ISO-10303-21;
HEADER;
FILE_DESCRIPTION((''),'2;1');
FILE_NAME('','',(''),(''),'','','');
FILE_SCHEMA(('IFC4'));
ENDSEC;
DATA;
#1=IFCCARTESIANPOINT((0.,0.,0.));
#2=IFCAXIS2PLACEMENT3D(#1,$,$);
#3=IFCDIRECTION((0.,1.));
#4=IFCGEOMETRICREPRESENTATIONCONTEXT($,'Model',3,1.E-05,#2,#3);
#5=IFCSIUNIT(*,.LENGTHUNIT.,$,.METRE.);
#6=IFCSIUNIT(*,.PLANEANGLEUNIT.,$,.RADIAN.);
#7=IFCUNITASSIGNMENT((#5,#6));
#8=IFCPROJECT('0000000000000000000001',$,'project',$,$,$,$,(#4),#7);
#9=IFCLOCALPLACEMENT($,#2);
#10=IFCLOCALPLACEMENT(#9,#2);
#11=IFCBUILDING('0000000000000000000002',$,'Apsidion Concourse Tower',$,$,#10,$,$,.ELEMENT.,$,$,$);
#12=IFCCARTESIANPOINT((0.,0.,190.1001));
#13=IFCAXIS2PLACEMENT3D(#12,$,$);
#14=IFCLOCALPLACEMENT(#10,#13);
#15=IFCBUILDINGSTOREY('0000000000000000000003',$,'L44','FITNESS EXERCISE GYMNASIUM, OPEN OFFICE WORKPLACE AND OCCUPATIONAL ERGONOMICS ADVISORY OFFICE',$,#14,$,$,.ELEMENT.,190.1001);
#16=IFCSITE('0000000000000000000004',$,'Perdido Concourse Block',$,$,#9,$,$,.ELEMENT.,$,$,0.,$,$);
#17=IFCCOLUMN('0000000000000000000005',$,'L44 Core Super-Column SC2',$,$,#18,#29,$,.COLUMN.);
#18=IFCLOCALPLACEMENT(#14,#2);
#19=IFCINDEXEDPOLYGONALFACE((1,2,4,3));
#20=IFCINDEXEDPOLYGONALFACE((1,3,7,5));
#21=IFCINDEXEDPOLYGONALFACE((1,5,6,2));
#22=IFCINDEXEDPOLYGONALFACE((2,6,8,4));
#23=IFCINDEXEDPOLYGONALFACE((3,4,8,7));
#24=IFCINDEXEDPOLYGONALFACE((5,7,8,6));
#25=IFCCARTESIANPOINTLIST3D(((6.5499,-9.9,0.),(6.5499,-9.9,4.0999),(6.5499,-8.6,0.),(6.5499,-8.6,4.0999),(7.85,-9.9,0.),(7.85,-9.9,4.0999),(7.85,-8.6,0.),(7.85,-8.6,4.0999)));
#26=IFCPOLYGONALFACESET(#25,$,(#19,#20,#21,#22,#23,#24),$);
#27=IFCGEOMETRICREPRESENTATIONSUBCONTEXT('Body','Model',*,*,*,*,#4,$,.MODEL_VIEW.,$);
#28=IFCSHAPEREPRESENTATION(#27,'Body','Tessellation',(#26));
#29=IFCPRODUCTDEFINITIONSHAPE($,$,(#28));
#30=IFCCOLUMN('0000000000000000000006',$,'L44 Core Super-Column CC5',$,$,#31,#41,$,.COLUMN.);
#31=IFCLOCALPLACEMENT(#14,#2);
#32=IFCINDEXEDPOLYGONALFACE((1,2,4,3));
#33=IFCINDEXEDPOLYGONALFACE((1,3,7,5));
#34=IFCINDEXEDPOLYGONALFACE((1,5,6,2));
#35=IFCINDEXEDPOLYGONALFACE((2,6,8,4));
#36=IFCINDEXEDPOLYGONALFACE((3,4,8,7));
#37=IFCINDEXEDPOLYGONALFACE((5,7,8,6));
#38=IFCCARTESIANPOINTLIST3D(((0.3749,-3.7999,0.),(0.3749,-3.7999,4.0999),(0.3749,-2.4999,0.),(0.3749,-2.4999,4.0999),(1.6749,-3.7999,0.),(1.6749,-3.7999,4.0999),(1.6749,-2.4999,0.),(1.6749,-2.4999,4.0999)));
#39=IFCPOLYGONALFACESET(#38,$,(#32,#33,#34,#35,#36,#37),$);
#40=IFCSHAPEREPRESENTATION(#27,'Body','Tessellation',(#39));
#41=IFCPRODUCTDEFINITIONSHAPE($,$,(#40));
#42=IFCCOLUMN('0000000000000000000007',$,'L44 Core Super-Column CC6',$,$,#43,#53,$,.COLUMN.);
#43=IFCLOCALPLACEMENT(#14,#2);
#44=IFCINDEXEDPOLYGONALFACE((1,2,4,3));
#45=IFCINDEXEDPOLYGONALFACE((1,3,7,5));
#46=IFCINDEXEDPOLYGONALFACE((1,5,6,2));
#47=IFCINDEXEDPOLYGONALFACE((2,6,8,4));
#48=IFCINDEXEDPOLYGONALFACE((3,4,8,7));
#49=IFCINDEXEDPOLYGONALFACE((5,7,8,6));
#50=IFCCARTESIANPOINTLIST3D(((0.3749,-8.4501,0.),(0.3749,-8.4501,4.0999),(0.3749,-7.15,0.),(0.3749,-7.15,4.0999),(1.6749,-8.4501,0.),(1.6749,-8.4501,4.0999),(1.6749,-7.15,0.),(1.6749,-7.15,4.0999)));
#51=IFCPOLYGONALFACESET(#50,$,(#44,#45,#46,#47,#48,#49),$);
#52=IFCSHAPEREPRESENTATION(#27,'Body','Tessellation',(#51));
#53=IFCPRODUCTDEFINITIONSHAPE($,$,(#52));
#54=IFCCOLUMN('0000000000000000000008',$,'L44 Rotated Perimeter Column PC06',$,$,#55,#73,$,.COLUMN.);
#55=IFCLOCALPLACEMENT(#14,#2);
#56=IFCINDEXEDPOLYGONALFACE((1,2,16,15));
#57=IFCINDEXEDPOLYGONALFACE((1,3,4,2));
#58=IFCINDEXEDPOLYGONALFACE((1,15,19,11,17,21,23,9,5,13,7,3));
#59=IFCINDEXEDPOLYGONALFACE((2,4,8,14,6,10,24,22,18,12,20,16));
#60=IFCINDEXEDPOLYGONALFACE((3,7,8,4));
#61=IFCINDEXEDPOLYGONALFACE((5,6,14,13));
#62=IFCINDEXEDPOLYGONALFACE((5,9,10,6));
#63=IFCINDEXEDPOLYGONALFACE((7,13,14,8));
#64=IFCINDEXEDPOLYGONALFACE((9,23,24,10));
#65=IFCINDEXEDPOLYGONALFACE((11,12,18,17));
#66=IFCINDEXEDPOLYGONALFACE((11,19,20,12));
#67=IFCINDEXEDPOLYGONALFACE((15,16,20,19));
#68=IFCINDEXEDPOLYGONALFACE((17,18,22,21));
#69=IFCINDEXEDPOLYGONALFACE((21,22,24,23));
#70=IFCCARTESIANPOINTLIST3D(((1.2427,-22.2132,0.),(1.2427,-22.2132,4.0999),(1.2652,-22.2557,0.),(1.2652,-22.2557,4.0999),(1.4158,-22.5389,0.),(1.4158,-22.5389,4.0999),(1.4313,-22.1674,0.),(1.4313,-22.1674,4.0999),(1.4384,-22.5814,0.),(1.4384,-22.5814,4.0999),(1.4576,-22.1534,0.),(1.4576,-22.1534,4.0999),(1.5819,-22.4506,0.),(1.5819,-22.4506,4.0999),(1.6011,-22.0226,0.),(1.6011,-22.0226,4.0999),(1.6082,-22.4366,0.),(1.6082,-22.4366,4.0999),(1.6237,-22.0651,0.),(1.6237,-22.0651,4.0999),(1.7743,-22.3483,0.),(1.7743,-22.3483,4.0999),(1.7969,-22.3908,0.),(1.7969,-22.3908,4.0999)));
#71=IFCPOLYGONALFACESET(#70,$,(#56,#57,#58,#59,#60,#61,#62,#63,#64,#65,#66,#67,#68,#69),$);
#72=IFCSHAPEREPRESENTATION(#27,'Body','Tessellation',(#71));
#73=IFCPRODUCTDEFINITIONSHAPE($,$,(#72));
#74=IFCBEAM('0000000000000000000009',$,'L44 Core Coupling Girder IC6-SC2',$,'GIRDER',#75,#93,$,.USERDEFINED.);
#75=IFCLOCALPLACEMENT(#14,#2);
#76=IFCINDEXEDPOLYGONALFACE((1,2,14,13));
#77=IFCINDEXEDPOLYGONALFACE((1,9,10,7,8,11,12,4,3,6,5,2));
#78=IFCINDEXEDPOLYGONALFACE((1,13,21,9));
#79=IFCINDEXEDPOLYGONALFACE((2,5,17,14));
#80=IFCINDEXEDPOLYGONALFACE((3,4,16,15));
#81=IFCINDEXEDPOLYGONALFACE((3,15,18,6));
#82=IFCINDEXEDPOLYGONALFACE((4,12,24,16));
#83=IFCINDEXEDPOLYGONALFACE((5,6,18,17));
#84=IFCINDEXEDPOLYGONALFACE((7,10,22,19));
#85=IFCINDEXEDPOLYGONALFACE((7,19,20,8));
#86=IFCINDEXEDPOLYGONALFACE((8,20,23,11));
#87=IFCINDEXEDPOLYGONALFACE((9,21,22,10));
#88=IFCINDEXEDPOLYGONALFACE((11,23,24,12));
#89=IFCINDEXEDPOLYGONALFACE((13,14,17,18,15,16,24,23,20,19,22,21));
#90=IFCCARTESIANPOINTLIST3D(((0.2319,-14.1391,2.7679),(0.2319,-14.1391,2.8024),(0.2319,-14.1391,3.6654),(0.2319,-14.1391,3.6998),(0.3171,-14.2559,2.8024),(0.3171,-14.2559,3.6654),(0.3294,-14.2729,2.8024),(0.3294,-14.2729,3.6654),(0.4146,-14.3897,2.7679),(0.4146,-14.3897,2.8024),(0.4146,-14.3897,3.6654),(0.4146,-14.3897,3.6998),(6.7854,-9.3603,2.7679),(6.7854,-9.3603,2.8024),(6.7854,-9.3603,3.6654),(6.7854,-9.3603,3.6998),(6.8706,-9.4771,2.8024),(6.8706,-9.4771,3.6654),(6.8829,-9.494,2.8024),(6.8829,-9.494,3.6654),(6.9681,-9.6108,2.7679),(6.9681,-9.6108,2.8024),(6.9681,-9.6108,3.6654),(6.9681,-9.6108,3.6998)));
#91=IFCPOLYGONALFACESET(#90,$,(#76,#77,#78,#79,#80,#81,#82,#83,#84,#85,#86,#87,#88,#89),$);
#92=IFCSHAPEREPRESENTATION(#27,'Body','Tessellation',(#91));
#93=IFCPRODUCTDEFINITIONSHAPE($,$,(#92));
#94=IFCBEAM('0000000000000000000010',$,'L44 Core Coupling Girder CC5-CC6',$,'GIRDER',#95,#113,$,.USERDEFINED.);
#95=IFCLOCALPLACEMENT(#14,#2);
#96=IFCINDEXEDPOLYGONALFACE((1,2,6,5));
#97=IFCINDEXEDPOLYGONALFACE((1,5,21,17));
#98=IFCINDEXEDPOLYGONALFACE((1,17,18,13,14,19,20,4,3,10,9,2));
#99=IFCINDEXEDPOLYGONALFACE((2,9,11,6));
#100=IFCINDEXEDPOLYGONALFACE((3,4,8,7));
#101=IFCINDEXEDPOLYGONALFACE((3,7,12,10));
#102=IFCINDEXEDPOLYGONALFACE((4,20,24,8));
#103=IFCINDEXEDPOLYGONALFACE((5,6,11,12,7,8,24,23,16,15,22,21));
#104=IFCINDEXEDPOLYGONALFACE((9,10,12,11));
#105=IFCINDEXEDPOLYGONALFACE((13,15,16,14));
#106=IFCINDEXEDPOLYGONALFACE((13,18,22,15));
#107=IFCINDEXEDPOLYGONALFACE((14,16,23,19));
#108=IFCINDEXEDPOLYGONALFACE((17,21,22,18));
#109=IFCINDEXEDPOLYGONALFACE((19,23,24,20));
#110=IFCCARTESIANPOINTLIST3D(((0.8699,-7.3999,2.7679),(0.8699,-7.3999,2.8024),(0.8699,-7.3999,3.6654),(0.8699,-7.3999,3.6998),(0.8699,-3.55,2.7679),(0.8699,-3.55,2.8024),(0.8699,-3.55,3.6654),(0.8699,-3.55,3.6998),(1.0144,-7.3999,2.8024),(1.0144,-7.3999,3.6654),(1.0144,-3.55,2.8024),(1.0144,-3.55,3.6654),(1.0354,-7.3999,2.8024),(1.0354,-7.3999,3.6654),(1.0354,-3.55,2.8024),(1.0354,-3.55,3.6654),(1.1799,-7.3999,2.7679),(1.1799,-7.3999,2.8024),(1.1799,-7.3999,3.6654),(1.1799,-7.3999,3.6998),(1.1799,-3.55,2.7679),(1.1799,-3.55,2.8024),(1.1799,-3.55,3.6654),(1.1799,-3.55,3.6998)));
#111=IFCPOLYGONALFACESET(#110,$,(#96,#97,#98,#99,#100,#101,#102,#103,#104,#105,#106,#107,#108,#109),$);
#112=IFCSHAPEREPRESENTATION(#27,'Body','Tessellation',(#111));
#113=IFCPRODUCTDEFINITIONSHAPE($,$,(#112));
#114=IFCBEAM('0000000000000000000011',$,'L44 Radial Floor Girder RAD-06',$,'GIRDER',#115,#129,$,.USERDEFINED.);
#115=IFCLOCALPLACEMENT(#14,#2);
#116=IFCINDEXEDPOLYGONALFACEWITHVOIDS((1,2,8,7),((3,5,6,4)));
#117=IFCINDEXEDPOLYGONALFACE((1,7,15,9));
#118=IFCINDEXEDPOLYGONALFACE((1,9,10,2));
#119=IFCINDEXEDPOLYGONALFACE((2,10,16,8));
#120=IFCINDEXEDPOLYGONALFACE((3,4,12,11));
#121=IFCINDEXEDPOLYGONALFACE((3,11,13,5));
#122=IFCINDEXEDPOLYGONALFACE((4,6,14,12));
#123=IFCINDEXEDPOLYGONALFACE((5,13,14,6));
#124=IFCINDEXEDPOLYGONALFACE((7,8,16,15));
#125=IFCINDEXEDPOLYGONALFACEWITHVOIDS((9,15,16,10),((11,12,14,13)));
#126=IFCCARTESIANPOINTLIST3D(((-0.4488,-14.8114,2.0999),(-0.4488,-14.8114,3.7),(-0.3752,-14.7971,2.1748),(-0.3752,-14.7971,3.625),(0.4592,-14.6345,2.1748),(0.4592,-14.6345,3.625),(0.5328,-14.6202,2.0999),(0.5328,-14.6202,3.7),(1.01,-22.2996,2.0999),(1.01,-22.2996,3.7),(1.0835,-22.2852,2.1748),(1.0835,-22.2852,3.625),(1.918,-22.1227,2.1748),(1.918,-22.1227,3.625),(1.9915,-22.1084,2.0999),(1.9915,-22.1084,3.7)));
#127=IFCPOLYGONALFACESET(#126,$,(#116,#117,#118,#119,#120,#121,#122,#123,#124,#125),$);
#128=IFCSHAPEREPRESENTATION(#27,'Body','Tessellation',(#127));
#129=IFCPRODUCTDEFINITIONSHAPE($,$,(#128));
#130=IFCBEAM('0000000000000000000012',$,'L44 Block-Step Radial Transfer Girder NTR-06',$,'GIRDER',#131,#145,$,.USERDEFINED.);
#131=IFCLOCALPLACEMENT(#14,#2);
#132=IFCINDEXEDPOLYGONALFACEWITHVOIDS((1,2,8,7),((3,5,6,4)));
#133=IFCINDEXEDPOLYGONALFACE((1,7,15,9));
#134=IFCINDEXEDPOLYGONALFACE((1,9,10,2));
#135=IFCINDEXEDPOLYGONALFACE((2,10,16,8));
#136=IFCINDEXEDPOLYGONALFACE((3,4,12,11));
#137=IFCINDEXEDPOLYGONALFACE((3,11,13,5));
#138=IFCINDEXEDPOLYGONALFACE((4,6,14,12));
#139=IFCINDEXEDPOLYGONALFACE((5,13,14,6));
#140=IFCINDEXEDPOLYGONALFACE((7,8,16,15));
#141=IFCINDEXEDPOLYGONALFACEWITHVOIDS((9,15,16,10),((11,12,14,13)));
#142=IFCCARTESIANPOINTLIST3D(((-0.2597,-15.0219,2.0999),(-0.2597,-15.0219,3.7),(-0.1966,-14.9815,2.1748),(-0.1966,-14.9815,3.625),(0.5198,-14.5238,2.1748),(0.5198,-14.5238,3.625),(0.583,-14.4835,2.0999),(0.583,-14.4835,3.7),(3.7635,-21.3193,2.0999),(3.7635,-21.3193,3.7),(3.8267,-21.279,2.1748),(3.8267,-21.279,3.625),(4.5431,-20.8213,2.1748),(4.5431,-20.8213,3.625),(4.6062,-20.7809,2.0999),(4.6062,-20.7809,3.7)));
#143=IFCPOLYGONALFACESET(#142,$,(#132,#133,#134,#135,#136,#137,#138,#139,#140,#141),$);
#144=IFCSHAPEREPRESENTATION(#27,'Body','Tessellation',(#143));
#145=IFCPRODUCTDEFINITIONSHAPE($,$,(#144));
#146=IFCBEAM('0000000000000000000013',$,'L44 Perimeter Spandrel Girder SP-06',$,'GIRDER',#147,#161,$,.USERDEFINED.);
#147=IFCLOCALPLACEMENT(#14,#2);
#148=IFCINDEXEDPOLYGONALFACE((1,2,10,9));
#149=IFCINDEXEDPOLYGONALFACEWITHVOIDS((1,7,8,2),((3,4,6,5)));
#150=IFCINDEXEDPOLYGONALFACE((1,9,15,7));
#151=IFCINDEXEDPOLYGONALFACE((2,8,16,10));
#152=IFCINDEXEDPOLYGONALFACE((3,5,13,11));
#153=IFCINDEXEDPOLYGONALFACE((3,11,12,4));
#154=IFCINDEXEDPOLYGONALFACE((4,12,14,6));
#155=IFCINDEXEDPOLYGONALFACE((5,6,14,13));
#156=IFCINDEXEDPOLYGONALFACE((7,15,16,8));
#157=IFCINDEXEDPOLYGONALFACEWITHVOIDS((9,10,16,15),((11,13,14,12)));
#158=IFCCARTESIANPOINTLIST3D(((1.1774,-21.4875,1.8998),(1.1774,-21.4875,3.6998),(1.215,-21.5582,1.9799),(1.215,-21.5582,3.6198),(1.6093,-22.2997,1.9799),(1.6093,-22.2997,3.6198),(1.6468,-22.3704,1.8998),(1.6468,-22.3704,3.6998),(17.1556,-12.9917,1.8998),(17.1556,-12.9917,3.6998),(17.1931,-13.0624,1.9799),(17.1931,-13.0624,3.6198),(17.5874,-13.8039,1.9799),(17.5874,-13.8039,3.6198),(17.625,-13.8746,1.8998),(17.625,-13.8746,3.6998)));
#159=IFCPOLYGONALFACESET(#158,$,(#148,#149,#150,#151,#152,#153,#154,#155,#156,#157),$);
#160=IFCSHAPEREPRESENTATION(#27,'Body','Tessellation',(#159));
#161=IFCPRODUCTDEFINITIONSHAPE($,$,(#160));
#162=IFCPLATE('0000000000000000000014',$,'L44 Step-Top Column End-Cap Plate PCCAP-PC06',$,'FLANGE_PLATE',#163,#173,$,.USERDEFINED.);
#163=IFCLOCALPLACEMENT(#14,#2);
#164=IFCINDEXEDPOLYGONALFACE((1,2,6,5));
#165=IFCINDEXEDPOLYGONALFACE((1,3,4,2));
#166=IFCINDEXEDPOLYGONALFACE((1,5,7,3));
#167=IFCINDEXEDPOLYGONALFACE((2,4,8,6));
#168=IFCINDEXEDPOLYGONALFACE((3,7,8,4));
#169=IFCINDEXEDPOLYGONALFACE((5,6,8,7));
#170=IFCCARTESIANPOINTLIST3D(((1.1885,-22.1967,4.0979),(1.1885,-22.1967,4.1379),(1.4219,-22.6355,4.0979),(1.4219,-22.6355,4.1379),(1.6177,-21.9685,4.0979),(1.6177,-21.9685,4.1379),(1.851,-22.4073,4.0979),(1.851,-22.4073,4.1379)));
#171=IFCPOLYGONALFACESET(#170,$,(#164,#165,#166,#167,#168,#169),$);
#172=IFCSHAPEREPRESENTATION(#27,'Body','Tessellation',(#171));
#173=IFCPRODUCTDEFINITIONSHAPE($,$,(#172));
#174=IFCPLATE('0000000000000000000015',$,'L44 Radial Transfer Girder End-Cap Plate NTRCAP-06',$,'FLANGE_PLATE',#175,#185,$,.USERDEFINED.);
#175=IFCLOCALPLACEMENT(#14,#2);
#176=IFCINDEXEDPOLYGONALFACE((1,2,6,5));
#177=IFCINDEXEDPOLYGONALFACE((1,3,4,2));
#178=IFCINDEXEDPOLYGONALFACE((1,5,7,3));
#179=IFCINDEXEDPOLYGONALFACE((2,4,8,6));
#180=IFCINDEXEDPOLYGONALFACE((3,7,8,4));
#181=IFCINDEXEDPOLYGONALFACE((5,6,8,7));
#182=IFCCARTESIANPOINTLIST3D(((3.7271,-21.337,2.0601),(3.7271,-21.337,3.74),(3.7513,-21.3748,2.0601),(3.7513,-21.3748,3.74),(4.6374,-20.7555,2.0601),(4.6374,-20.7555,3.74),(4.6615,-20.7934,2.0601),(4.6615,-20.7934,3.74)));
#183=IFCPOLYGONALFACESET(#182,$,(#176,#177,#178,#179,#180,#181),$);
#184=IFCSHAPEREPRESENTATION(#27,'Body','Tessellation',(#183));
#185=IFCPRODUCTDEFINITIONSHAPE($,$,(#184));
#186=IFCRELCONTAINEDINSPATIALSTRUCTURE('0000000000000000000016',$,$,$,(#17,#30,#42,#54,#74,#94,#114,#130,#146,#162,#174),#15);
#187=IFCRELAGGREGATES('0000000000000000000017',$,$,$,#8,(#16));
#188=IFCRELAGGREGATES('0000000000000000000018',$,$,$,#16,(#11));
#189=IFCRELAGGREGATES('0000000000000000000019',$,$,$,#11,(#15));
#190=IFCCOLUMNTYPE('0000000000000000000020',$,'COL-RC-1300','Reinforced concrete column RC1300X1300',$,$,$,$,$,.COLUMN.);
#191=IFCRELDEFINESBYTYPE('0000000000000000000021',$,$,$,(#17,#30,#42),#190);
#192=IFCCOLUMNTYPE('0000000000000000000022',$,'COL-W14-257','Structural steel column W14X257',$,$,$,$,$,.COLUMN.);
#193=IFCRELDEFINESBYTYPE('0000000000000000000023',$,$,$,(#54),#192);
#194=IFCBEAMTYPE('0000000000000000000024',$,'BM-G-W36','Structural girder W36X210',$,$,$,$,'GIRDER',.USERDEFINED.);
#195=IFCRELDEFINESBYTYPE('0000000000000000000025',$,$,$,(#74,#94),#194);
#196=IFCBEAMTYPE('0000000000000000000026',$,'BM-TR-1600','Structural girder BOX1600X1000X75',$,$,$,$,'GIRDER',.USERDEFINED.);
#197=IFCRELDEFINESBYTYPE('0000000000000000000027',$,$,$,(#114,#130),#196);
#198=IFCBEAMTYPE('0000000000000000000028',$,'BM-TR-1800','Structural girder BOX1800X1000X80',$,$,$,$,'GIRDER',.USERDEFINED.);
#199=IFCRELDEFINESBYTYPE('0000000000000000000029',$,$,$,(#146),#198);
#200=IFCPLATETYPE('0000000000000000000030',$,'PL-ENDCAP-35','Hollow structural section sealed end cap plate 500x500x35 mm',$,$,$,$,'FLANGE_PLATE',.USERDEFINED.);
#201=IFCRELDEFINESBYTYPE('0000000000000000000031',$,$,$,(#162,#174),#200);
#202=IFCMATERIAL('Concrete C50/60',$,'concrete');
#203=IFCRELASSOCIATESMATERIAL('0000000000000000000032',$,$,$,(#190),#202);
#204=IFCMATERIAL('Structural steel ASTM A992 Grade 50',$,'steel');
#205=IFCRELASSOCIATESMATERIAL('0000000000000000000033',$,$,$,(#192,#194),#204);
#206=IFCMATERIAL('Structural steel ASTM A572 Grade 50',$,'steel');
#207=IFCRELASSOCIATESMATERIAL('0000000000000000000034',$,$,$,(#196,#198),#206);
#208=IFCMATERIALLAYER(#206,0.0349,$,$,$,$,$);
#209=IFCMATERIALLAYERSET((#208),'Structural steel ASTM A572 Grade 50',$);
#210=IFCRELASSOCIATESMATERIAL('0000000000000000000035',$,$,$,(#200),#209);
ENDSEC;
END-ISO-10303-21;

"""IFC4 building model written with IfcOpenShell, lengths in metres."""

from ifc_helpers import new_model, si_unit, direction, frame, origin, origin_2d, place, context, subcontext, project, spatial, rectangle, hollow_rectangle, i_section, extrude, material, layer, layer_set, material_profile, profile_set, type_object, element, save


model = new_model("IFC4")

# Units and contexts
model_context = context("Model", 3, precision=1e-05, world=origin(), true_north=direction((0.0, 1.0)))
body_context = subcontext(model_context, "Body", "Model", "MODEL_VIEW")
ifc_project = project(units=[si_unit("LENGTHUNIT", "METRE"), si_unit("PLANEANGLEUNIT", "RADIAN")], contexts=[model_context])

# Site, building, storey
site_placement = place(None, origin())
site = spatial("IfcSite", under=ifc_project, at=site_placement, Name="Perdido Concourse Block", CompositionType="ELEMENT", RefElevation=0.0)
building_placement = place(site_placement, origin())
building = spatial("IfcBuilding", under=site, at=building_placement, Name="Apsidion Concourse Tower", CompositionType="ELEMENT")
storey_placement = place(building_placement, frame((0.0, 0.0, 190.1001)))
storey = spatial("IfcBuildingStorey", under=building, at=storey_placement, Name="L44", Description="FITNESS EXERCISE GYMNASIUM, OPEN OFFICE WORKPLACE AND OCCUPATIONAL ERGONOMICS ADVISORY OFFICE", CompositionType="ELEMENT", Elevation=190.1001)

# Columns
ifc_material_1 = material(Name="Concrete C50/60", Category="concrete")
ifc_material_profile_1 = material_profile(ifc_material_1, rectangle(XDim=1.3, YDim=1.3, at=origin_2d()), Name="RC 1300x1300")
ifc_profile_set_1 = profile_set([ifc_material_profile_1], Name="Concrete C50/60")
column_type_1 = type_object("IfcColumnType", Name="COL-RC-1300", Description="Reinforced concrete column RC1300X1300", PredefinedType="COLUMN", material=ifc_profile_set_1)
for number, where, z_axis, x_axis, name in (
    (1, (7.2, -9.25, 0.0), (0.0, 0.0, 1.0), (1.0, 0.0, 0.0), "L44 Core Super-Column SC2"),
    (2, (1.0249, -3.1499, 0.0), (0.0, 0.0, 1.0), (1.0, 0.0, 0.0), "L44 Core Super-Column CC5"),
    (3, (1.0249, -7.8, 0.0), (0.0, 0.0, 1.0), (1.0, 0.0, 0.0), "L44 Core Super-Column CC6"),
):
    element("IfcColumn", number, at=place(storey_placement, frame(where, z_axis=z_axis, x_axis=x_axis)), inside=storey, type_object=column_type_1, Name=name, PredefinedType="COLUMN", context=body_context, shape_type="SweptSolid", body=[
        extrude(rectangle(XDim=1.3, YDim=1.3, at=origin_2d()), origin(), (0.0, 0.0, 1.0), 4.0999),
    ])
ifc_material_2 = material(Name="Structural steel ASTM A992 Grade 50", Category="steel")
ifc_material_profile_2 = material_profile(ifc_material_2, i_section(OverallWidth=0.406, OverallDepth=0.417, WebThickness=0.0298, FlangeThickness=0.0481, at=origin_2d()), Name="W14X257")
ifc_profile_set_2 = profile_set([ifc_material_profile_2], Name="Structural steel ASTM A992 Grade 50")
column_type_2 = type_object("IfcColumnType", Name="COL-W14-257", Description="Structural steel column W14X257", PredefinedType="COLUMN", material=ifc_profile_set_2)
column_placement = place(storey_placement, frame((1.5198, -22.302, 0.0), z_axis=(0.0, 0.0, 1.0), x_axis=(0.882948, 0.469472, 0.0)))
element("IfcColumn", 4, at=column_placement, inside=storey, type_object=column_type_2, Name="L44 Rotated Perimeter Column PC06", PredefinedType="COLUMN", context=body_context, shape_type="SweptSolid", body=[
    extrude(i_section(OverallWidth=0.406, OverallDepth=0.417, WebThickness=0.0298, FlangeThickness=0.0481, at=origin_2d()), origin(), (0.0, 0.0, 1.0), 4.0999),
])

# Beams
ifc_material_profile_3 = material_profile(ifc_material_2, i_section(OverallWidth=0.3101, OverallDepth=0.9319, WebThickness=0.021, FlangeThickness=0.0344, at=origin_2d()), Name="W36X210")
ifc_profile_set_3 = profile_set([ifc_material_profile_3], Name="Structural steel ASTM A992 Grade 50")
beam_type_1 = type_object("IfcBeamType", Name="BM-G-W36", Description="Structural girder W36X210", ElementType="GIRDER", PredefinedType="USERDEFINED", material=ifc_profile_set_3)
beam_1_placement = place(storey_placement, frame((0.3232, -14.2644, 3.2339), z_axis=(0.807993, 0.589191, 0.0), x_axis=(-0.589191, 0.807993, 0.0)))
element("IfcBeam", 5, at=beam_1_placement, inside=storey, type_object=beam_type_1, Name="L44 Core Coupling Girder IC6-SC2", ObjectType="GIRDER", PredefinedType="USERDEFINED", context=body_context, shape_type="SweptSolid", body=[
    extrude(i_section(OverallWidth=0.3101, OverallDepth=0.9319, WebThickness=0.021, FlangeThickness=0.0344, at=origin_2d()), origin(), (0.0, 0.0, 1.0), 8.1108),
])
beam_2_placement = place(storey_placement, frame((1.0249, -3.55, 3.2339), z_axis=(0.0, -1.0, 0.0), x_axis=(1.0, 0.0, 0.0)))
element("IfcBeam", 6, at=beam_2_placement, inside=storey, type_object=beam_type_1, Name="L44 Core Coupling Girder CC5-CC6", ObjectType="GIRDER", PredefinedType="USERDEFINED", context=body_context, shape_type="SweptSolid", body=[
    extrude(i_section(OverallWidth=0.3101, OverallDepth=0.9319, WebThickness=0.021, FlangeThickness=0.0344, at=origin_2d()), origin(), (0.0, 0.0, 1.0), 3.8499),
])
ifc_material_3 = material(Name="Structural steel ASTM A572 Grade 50", Category="steel")
ifc_material_profile_4 = material_profile(ifc_material_3, hollow_rectangle(XDim=1.0, YDim=1.6001, WallThickness=0.075, at=origin_2d()), Name="BOX1600X1000X75")
ifc_profile_set_4 = profile_set([ifc_material_profile_4], Name="Structural steel ASTM A572 Grade 50")
beam_type_2 = type_object("IfcBeamType", Name="BM-TR-1600", Description="Structural girder BOX1600X1000X75", ElementType="GIRDER", PredefinedType="USERDEFINED", material=ifc_profile_set_4)
beam_3_placement = place(storey_placement, frame((0.042, -14.7158, 2.8999), z_axis=(0.191215, -0.981548, 0.0), x_axis=(0.981548, 0.191215, 0.0)))
element("IfcBeam", 7, at=beam_3_placement, inside=storey, type_object=beam_type_2, Name="L44 Radial Floor Girder RAD-06", ObjectType="GIRDER", PredefinedType="USERDEFINED", context=body_context, shape_type="SweptSolid", body=[
    extrude(hollow_rectangle(XDim=1.0, YDim=1.6001, WallThickness=0.075, at=origin_2d()), origin(), (0.0, 0.0, 1.0), 7.6289),
])
beam_4_placement = place(storey_placement, frame((0.1616, -14.7527, 2.8999), z_axis=(0.538378, -0.842704, 0.0), x_axis=(0.842704, 0.538378, 0.0)))
element("IfcBeam", 8, at=beam_4_placement, inside=storey, type_object=beam_type_2, Name="L44 Block-Step Radial Transfer Girder NTR-06", ObjectType="GIRDER", PredefinedType="USERDEFINED", context=body_context, shape_type="SweptSolid", body=[
    extrude(hollow_rectangle(XDim=1.0, YDim=1.6001, WallThickness=0.075, at=origin_2d()), origin(), (0.0, 0.0, 1.0), 7.4729),
])
ifc_material_profile_5 = material_profile(ifc_material_3, hollow_rectangle(XDim=1.0, YDim=1.8, WallThickness=0.0801, at=origin_2d()), Name="BOX1800X1000X80")
ifc_profile_set_5 = profile_set([ifc_material_profile_5], Name="Structural steel ASTM A572 Grade 50")
beam_type_3 = type_object("IfcBeamType", Name="BM-TR-1800", Description="Structural girder BOX1800X1000X80", ElementType="GIRDER", PredefinedType="USERDEFINED", material=ifc_profile_set_5)
beam_5_placement = place(storey_placement, frame((1.4121, -21.929, 2.7998), z_axis=(0.882946, 0.469474, 0.0), x_axis=(-0.469474, 0.882946, 0.0)))
element("IfcBeam", 9, at=beam_5_placement, inside=storey, type_object=beam_type_3, Name="L44 Perimeter Spandrel Girder SP-06", ObjectType="GIRDER", PredefinedType="USERDEFINED", context=body_context, shape_type="SweptSolid", body=[
    extrude(hollow_rectangle(XDim=1.0, YDim=1.8, WallThickness=0.0801, at=origin_2d()), origin(), (0.0, 0.0, 1.0), 18.0964),
])

# Plates
ifc_layer_1 = layer(ifc_material_3, 0.0349)
ifc_layer_set_1 = layer_set([ifc_layer_1], Name="Structural steel ASTM A572 Grade 50")
plate_type = type_object("IfcPlateType", Name="PL-ENDCAP-35", Description="Hollow structural section sealed end cap plate 500x500x35 mm", ElementType="FLANGE_PLATE", PredefinedType="USERDEFINED", material=ifc_layer_set_1)
plate_1_placement = place(storey_placement, frame((1.5198, -22.302, 4.0979), z_axis=(0.0, 0.0, 1.0), x_axis=(0.882948, 0.469472, 0.0)))
element("IfcPlate", 10, at=plate_1_placement, inside=storey, type_object=plate_type, Name="L44 Step-Top Column End-Cap Plate PCCAP-PC06", ObjectType="FLANGE_PLATE", PredefinedType="USERDEFINED", context=body_context, shape_type="SweptSolid", body=[
    extrude(rectangle(XDim=0.4861, YDim=0.4971, at=origin_2d()), origin(), (0.0, 0.0, 1.0), 0.04),
])
plate_2_placement = place(storey_placement, frame((4.1943, -21.0652, 2.0601), z_axis=(0.0, 0.0, 1.0), x_axis=(0.53833, -0.842734, 0.0)))
element("IfcPlate", 11, at=plate_2_placement, inside=storey, type_object=plate_type, Name="L44 Radial Transfer Girder End-Cap Plate NTRCAP-06", ObjectType="FLANGE_PLATE", PredefinedType="USERDEFINED", context=body_context, shape_type="SweptSolid", body=[
    extrude(rectangle(XDim=0.0449, YDim=1.0801, at=origin_2d()), origin(), (0.0, 0.0, 1.0), 1.6799),
])

save(model, "model.ifc")
